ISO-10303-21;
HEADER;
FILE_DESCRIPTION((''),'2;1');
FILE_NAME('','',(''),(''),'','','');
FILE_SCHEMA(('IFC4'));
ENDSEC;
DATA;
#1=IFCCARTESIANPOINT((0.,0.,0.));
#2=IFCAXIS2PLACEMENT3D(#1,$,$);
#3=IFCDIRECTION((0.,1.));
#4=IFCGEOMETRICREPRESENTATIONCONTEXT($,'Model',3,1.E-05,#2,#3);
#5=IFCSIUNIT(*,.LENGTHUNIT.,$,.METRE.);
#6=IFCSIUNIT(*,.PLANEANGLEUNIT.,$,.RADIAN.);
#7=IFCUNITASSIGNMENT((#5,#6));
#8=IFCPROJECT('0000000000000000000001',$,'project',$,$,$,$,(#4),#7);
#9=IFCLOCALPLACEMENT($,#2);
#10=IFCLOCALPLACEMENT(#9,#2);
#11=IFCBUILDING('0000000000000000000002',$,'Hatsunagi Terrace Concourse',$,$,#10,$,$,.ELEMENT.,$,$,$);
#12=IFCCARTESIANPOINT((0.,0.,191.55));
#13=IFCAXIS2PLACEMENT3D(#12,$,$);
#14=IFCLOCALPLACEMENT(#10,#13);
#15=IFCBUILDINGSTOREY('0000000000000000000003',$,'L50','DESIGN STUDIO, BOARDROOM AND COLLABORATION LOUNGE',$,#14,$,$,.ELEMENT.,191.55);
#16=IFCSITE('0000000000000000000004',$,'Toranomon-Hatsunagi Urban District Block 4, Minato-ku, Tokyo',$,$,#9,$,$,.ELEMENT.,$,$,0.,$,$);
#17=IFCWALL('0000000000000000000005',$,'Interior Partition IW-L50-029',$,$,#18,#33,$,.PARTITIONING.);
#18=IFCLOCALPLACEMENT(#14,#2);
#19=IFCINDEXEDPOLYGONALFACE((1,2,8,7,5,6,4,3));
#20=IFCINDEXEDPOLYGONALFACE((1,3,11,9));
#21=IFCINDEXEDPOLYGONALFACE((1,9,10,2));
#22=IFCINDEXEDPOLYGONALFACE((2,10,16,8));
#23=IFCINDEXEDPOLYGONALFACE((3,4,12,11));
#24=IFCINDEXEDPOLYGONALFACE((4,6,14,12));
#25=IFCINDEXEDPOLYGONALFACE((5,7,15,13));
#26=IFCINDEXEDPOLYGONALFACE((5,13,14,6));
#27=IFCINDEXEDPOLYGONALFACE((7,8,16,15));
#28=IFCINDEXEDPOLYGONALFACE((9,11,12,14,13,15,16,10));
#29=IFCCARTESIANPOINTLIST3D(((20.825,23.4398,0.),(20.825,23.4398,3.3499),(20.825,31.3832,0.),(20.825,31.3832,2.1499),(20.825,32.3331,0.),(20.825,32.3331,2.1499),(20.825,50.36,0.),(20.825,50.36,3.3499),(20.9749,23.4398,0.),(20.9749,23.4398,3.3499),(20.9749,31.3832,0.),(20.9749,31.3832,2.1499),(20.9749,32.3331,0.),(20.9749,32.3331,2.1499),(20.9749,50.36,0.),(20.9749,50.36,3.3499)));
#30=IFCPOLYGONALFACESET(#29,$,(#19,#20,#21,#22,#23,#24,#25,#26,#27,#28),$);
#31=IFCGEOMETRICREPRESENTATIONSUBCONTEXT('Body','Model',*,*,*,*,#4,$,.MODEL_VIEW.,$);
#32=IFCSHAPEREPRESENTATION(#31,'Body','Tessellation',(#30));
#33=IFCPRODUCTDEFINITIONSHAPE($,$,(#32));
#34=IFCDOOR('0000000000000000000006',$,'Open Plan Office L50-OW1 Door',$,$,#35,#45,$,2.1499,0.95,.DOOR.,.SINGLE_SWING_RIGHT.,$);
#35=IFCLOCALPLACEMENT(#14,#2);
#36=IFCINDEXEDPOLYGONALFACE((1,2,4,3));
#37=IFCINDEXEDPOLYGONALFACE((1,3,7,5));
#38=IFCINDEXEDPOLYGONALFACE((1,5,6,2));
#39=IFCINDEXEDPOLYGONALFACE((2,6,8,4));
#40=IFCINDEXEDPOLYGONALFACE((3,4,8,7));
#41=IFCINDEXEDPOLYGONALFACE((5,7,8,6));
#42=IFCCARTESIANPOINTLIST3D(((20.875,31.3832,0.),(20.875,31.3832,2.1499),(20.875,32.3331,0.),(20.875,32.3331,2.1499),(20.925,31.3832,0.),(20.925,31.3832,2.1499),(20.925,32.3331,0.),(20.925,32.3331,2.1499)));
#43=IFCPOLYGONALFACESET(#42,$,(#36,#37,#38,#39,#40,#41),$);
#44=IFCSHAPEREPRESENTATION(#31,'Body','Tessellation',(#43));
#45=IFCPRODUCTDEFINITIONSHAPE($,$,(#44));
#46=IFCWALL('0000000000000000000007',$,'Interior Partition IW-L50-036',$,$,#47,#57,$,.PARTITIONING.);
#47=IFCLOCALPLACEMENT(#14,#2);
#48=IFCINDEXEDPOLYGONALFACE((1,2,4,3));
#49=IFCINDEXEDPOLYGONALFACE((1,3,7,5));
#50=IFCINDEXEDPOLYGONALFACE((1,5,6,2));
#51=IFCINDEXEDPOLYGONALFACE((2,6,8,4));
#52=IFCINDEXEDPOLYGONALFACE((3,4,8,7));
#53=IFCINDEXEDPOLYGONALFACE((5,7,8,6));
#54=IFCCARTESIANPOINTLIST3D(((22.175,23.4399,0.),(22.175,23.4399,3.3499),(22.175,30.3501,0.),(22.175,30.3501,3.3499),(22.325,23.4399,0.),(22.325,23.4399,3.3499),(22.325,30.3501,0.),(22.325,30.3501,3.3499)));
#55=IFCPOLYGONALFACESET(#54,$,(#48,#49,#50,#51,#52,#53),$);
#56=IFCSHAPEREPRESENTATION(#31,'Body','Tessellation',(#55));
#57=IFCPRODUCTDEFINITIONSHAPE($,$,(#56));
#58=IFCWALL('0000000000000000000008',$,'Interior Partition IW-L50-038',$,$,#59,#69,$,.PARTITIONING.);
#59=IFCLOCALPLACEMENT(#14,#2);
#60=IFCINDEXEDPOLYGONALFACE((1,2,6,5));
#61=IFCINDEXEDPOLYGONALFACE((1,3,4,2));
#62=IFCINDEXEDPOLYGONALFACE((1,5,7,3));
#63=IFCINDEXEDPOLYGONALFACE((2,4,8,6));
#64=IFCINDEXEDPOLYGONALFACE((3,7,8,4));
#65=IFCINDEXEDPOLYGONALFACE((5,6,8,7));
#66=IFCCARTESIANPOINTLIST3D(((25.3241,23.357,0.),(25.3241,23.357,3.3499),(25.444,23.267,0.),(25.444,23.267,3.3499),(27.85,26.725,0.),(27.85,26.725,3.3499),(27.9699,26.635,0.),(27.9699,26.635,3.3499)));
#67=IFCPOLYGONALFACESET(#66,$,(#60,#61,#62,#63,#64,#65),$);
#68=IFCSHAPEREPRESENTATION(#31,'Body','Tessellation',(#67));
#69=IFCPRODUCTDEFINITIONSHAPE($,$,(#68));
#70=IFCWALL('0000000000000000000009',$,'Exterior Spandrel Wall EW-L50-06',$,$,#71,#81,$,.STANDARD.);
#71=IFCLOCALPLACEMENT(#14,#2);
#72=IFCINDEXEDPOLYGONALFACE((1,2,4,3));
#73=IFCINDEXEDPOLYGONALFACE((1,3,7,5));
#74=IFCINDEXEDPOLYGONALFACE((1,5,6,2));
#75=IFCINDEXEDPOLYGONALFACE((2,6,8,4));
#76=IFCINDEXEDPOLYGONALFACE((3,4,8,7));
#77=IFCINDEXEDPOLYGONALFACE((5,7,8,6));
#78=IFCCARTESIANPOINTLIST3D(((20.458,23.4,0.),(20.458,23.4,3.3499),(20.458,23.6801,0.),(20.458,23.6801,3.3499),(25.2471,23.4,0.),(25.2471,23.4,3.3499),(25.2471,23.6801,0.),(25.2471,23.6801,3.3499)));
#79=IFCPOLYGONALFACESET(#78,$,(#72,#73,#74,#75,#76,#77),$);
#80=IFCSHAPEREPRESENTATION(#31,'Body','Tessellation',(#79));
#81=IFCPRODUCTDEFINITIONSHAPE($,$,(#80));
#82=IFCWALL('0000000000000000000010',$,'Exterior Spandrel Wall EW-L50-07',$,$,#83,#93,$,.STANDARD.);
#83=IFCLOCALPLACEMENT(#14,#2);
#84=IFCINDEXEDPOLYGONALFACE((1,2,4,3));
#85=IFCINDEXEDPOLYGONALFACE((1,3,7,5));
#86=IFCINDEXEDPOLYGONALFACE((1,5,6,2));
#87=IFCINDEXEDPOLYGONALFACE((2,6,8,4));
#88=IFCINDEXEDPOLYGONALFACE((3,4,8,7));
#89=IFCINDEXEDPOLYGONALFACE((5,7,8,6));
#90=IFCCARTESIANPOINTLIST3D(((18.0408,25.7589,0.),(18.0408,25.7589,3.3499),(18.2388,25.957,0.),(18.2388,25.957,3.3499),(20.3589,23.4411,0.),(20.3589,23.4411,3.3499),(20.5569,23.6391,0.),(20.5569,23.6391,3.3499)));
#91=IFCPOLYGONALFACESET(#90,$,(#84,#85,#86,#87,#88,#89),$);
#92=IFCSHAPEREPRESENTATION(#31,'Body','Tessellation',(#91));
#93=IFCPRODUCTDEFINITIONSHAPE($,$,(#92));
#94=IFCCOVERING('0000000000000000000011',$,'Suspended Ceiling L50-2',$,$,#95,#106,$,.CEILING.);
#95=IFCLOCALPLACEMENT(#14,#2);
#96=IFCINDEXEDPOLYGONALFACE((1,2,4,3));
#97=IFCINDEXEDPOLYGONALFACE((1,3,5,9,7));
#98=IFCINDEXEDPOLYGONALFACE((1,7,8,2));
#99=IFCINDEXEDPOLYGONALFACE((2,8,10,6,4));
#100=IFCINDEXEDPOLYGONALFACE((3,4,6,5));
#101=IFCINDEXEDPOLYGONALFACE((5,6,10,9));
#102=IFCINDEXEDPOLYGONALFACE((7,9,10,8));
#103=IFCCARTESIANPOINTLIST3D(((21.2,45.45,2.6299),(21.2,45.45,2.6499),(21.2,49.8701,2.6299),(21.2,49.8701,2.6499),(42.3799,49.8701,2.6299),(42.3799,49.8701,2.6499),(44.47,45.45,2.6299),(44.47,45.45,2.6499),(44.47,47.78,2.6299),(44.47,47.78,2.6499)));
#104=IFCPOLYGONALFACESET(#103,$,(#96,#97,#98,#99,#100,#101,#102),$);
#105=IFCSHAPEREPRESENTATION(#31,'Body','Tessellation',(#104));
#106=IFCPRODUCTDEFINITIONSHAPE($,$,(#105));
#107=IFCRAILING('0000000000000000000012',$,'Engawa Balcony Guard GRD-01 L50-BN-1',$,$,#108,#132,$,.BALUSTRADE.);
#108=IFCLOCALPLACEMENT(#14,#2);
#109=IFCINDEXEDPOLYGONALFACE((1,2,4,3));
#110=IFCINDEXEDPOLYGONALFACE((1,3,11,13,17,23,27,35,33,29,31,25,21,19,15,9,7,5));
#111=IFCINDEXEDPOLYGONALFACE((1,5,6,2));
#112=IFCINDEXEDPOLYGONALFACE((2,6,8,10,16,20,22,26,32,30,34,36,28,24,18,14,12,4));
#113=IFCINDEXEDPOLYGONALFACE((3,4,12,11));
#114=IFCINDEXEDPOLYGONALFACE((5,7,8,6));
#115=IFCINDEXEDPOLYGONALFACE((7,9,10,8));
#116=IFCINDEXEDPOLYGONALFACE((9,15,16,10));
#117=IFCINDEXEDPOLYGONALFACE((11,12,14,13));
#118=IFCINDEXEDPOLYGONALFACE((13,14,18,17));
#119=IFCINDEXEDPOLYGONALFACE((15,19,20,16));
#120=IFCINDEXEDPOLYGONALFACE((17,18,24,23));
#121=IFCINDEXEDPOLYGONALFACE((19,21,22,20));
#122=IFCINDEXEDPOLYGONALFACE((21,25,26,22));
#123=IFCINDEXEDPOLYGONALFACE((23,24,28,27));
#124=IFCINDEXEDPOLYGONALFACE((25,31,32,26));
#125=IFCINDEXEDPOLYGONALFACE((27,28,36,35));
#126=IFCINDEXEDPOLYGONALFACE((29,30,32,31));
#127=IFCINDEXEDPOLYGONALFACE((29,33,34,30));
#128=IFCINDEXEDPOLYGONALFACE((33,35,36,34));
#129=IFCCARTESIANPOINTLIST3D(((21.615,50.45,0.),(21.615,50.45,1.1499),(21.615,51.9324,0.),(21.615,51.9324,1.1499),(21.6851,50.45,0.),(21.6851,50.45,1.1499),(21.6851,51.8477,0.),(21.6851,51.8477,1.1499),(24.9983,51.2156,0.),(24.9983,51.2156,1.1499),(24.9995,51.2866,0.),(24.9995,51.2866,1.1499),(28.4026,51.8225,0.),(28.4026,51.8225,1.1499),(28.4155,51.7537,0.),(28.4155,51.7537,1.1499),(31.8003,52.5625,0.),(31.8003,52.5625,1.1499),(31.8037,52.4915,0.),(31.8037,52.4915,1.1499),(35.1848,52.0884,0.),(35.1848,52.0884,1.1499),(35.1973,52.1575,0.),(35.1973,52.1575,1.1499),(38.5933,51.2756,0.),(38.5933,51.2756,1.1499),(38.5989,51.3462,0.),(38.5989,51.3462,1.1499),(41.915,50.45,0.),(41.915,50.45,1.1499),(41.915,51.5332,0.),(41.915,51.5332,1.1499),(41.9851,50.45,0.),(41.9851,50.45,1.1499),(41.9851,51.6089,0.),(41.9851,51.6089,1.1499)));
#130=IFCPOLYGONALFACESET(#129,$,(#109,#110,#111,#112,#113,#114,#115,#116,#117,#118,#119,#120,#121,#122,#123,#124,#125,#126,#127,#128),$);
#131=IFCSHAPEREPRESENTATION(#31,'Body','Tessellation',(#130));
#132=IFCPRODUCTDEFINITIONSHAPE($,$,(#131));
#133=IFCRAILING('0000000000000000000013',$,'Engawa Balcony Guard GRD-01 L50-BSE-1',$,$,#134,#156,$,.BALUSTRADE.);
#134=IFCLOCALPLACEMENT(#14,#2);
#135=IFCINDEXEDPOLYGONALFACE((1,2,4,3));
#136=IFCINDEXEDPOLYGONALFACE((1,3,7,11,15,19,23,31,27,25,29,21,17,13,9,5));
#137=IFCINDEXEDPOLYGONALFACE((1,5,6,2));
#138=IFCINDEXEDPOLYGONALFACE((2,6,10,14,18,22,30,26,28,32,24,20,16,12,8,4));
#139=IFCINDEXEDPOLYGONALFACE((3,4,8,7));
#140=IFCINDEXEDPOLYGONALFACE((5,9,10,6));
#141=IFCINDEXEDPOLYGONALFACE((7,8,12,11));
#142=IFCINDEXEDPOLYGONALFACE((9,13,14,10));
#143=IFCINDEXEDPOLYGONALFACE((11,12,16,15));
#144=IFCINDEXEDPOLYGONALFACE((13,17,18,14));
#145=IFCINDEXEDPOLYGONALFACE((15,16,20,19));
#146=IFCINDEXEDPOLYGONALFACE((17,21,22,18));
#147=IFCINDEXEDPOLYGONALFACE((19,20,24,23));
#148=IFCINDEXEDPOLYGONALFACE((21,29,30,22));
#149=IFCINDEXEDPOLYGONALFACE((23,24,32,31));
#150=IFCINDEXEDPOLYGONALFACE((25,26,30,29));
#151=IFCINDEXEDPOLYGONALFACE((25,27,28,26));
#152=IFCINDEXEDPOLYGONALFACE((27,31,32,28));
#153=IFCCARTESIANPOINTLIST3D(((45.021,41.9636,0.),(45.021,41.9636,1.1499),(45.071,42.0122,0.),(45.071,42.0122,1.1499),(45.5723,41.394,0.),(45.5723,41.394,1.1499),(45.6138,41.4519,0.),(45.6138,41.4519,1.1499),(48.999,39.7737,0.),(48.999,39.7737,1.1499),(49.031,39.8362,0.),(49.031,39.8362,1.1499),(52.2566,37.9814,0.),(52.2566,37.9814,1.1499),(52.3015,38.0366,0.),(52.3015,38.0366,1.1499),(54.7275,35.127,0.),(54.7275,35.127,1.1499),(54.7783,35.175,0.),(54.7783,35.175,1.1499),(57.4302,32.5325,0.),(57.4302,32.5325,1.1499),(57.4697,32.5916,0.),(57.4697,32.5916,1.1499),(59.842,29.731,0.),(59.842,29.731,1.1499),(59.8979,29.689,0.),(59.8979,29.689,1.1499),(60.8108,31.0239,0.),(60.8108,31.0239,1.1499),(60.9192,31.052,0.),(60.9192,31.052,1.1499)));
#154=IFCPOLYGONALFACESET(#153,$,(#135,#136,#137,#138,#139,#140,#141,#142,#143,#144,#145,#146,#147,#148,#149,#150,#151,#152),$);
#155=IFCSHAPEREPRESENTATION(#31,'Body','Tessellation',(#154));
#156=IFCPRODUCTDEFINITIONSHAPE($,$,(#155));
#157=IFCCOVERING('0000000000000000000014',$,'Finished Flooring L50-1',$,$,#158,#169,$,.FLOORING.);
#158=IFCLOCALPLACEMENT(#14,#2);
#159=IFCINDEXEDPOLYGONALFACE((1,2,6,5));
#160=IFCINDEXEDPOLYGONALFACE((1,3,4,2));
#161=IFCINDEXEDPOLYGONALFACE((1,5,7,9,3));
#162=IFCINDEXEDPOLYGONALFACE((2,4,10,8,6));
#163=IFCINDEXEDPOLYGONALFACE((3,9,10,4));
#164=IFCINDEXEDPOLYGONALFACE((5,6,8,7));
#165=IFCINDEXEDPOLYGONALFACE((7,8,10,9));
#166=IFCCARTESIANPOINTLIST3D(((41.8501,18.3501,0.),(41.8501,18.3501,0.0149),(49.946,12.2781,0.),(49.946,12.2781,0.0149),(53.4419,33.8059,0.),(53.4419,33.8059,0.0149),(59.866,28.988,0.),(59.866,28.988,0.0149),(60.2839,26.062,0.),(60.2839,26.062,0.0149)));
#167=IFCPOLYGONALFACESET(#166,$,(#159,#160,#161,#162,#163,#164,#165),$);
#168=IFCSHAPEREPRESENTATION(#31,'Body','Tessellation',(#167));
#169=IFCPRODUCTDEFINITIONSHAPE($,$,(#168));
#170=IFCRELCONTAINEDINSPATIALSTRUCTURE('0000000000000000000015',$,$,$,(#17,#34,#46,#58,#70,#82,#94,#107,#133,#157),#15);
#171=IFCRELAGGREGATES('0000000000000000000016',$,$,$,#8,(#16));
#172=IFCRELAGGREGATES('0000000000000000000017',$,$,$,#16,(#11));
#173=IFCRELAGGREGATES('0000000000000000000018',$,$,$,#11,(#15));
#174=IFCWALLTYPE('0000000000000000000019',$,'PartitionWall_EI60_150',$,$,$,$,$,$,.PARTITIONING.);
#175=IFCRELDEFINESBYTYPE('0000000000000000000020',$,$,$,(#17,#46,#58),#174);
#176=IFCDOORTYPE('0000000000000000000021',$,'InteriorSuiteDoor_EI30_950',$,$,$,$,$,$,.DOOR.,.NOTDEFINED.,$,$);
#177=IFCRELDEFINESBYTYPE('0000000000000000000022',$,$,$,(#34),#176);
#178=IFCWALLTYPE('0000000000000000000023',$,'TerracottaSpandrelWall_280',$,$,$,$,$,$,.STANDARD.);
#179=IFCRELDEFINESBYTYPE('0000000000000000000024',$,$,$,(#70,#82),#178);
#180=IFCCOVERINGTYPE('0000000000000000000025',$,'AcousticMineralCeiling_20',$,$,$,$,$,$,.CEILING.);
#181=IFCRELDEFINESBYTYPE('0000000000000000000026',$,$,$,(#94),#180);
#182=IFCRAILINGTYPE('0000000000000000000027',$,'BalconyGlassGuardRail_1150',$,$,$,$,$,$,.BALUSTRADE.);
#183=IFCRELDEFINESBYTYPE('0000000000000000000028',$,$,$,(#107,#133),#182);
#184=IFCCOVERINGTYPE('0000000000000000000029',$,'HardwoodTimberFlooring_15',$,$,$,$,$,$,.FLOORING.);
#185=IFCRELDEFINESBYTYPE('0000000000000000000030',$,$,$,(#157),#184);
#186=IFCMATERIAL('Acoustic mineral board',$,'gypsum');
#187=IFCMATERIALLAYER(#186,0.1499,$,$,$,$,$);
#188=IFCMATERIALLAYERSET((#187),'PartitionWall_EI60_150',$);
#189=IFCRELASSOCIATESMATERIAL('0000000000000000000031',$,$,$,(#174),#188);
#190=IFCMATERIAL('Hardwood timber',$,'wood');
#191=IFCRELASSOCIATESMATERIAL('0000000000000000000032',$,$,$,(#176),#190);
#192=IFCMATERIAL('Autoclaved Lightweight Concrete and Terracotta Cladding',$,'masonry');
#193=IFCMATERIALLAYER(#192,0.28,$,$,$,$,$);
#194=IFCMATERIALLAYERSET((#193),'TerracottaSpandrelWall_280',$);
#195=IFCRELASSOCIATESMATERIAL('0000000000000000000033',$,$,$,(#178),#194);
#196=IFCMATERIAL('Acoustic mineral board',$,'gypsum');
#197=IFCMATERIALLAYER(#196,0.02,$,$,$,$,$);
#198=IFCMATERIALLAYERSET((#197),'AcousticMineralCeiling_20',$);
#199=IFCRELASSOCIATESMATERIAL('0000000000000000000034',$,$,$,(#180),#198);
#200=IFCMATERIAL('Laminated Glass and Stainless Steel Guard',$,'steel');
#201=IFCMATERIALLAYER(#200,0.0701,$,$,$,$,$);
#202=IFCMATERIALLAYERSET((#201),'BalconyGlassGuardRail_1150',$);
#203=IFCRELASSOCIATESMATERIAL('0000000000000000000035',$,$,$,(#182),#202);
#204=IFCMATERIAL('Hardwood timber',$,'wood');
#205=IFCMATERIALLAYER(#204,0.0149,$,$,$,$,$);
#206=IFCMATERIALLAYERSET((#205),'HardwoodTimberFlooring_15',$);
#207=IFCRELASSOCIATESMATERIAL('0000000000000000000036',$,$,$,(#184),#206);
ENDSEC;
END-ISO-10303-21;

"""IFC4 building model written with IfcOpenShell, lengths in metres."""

from ifc_helpers import new_model, si_unit, direction, frame, frame_2d, origin, place, context, subcontext, project, spatial, polyline, rectangle, outline, extrude, material, layer, layer_set, type_object, element, fill, save


model = new_model("IFC4")

# Units and contexts
model_context = context("Model", 3, precision=1e-05, world=origin(), true_north=direction((0.0, 1.0)))
body_context = subcontext(model_context, "Body", "Model", "MODEL_VIEW")
ifc_project = project(units=[si_unit("LENGTHUNIT", "METRE"), si_unit("PLANEANGLEUNIT", "RADIAN")], contexts=[model_context])

# Site, building, storey
site_placement = place(None, origin())
site = spatial("IfcSite", under=ifc_project, at=site_placement, Name="Toranomon-Hatsunagi Urban District Block 4, Minato-ku, Tokyo", CompositionType="ELEMENT", RefElevation=0.0)
building_placement = place(site_placement, origin())
building = spatial("IfcBuilding", under=site, at=building_placement, Name="Hatsunagi Terrace Concourse", CompositionType="ELEMENT")
storey_placement = place(building_placement, frame((0.0, 0.0, 191.55)))
storey = spatial("IfcBuildingStorey", under=building, at=storey_placement, Name="L50", Description="DESIGN STUDIO, BOARDROOM AND COLLABORATION LOUNGE", CompositionType="ELEMENT", Elevation=191.55)

# Shared definitions
ifc_material_1 = material(Name="Acoustic mineral board", Category="gypsum")
ifc_layer_1 = layer(ifc_material_1, 0.1499)
ifc_layer_set_1 = layer_set([ifc_layer_1], Name="PartitionWall_EI60_150")
wall_type_1 = type_object("IfcWallType", Name="PartitionWall_EI60_150", PredefinedType="PARTITIONING", material=ifc_layer_set_1)

# Wall, opening, door
wall_1_placement = place(storey_placement, frame((20.8999, 23.4399, 0.0), z_axis=(0.0, 0.0, 1.0), x_axis=(0.0, 1.0, 0.0)))
wall_1 = element("IfcWall", 1, at=wall_1_placement, inside=storey, type_object=wall_type_1, Name="Interior Partition IW-L50-029", PredefinedType="PARTITIONING", context=body_context, shape_type="SweptSolid", body=[
    extrude(rectangle(XDim=26.9202, YDim=0.1499, at=frame_2d((13.46, 0.0))), origin(), (0.0, 0.0, 1.0), 3.3499),
])
opening_placement = place(wall_1_placement, frame((7.9431, 0.0, 0.0)))
opening = element("IfcOpeningElement", 2, at=opening_placement, cuts=wall_1, PredefinedType="OPENING", context=body_context, shape_type="SweptSolid", body=[
    extrude(rectangle(XDim=0.95, YDim=2.1499, at=frame_2d((0.4751, 1.075))), frame((0.0, 0.085, 0.0), z_axis=(0.0, -1.0, 0.0), x_axis=(1.0, 0.0, 0.0)), (0.0, 0.0, 1.0), 0.1699),
])
ifc_material_2 = material(Name="Hardwood timber", Category="wood")
door_type = type_object("IfcDoorType", Name="InteriorSuiteDoor_EI30_950", OperationType="NOTDEFINED", PredefinedType="DOOR", material=ifc_material_2)
door_placement = place(opening_placement, origin())
door = element("IfcDoor", 3, at=door_placement, inside=storey, type_object=door_type, Name="Open Plan Office L50-OW1 Door", OperationType="SINGLE_SWING_RIGHT", OverallHeight=2.1499, OverallWidth=0.95, PredefinedType="DOOR", context=body_context, shape_type="SweptSolid", body=[
    extrude(rectangle(XDim=0.95, YDim=2.1499, at=frame_2d((0.4751, 1.075))), frame((0.0, 0.0249, 0.0), z_axis=(0.0, -1.0, 0.0), x_axis=(1.0, 0.0, 0.0)), (0.0, 0.0, 1.0), 0.05),
])
fill(opening, door)

# Walls
wall_2_placement = place(storey_placement, frame((22.25, 23.4399, 0.0), z_axis=(0.0, 0.0, 1.0), x_axis=(0.0, 1.0, 0.0)))
element("IfcWall", 4, at=wall_2_placement, inside=storey, type_object=wall_type_1, Name="Interior Partition IW-L50-036", PredefinedType="PARTITIONING", context=body_context, shape_type="SweptSolid", body=[
    extrude(rectangle(XDim=6.9102, YDim=0.1499, at=frame_2d((3.4551, 0.0))), origin(), (0.0, 0.0, 1.0), 3.3499),
])
wall_3_placement = place(storey_placement, frame((25.384, 23.312, 0.0), z_axis=(0.0, 0.0, 1.0), x_axis=(0.599991, 0.800007, 0.0)))
element("IfcWall", 5, at=wall_3_placement, inside=storey, type_object=wall_type_1, Name="Interior Partition IW-L50-038", PredefinedType="PARTITIONING", context=body_context, shape_type="SweptSolid", body=[
    extrude(rectangle(XDim=4.21, YDim=0.1499, at=frame_2d((2.105, 0.0))), origin(), (0.0, 0.0, 1.0), 3.3499),
])
ifc_material_3 = material(Name="Autoclaved Lightweight Concrete and Terracotta Cladding", Category="masonry")
ifc_layer_2 = layer(ifc_material_3, 0.28)
ifc_layer_set_2 = layer_set([ifc_layer_2], Name="TerracottaSpandrelWall_280")
wall_type_2 = type_object("IfcWallType", Name="TerracottaSpandrelWall_280", PredefinedType="STANDARD", material=ifc_layer_set_2)
wall_4_placement = place(storey_placement, frame((25.2471, 23.54, 0.0), z_axis=(0.0, 0.0, 1.0), x_axis=(-1.0, 0.0, 0.0)))
element("IfcWall", 6, at=wall_4_placement, inside=storey, type_object=wall_type_2, Name="Exterior Spandrel Wall EW-L50-06", PredefinedType="STANDARD", context=body_context, shape_type="SweptSolid", body=[
    extrude(rectangle(XDim=4.7891, YDim=0.28, at=frame_2d((2.3945, 0.0))), origin(), (0.0, 0.0, 1.0), 3.3499),
])
wall_5_placement = place(storey_placement, frame((20.458, 23.54, 0.0), z_axis=(0.0, 0.0, 1.0), x_axis=(-0.707144, 0.70707, 0.0)))
element("IfcWall", 7, at=wall_5_placement, inside=storey, type_object=wall_type_2, Name="Exterior Spandrel Wall EW-L50-07", PredefinedType="STANDARD", context=body_context, shape_type="SweptSolid", body=[
    extrude(rectangle(XDim=3.2781, YDim=0.28, at=frame_2d((1.6392, 0.0))), origin(), (0.0, 0.0, 1.0), 3.3499),
])

# Covering
ifc_material_4 = material(Name="Acoustic mineral board", Category="gypsum")
ifc_layer_3 = layer(ifc_material_4, 0.02)
ifc_layer_set_3 = layer_set([ifc_layer_3], Name="AcousticMineralCeiling_20")
covering_type_1 = type_object("IfcCoveringType", Name="AcousticMineralCeiling_20", PredefinedType="CEILING", material=ifc_layer_set_3)
covering_1_placement = place(storey_placement, frame((0.0, 0.0, 2.6299)))
element("IfcCovering", 8, at=covering_1_placement, inside=storey, type_object=covering_type_1, Name="Suspended Ceiling L50-2", PredefinedType="CEILING", context=body_context, shape_type="SweptSolid", body=[
    extrude(outline(polyline([(42.3799, 49.8701), (21.2, 49.8701), (21.2, 45.45), (44.47, 45.45), (44.47, 47.78), (42.3799, 49.8701)])), origin(), (0.0, 0.0, 1.0), 0.02),
])

# Railings
ifc_material_5 = material(Name="Laminated Glass and Stainless Steel Guard", Category="steel")
ifc_layer_4 = layer(ifc_material_5, 0.0701)
ifc_layer_set_4 = layer_set([ifc_layer_4], Name="BalconyGlassGuardRail_1150")
railing_type = type_object("IfcRailingType", Name="BalconyGlassGuardRail_1150", PredefinedType="BALUSTRADE", material=ifc_layer_set_4)
railing_1_placement = place(storey_placement, origin())
element("IfcRailing", 9, at=railing_1_placement, inside=storey, type_object=railing_type, Name="Engawa Balcony Guard GRD-01 L50-BN-1", PredefinedType="BALUSTRADE", context=body_context, shape_type="SweptSolid", body=[
    extrude(outline(polyline([(21.615, 50.45), (21.6851, 50.45), (21.6851, 51.8477), (24.9983, 51.2156), (28.4155, 51.7537), (31.8037, 52.4915), (35.1848, 52.0884), (38.5933, 51.2756), (41.915, 51.5332), (41.915, 50.45), (41.9851, 50.45), (41.9851, 51.6089), (38.5989, 51.3462), (35.1973, 52.1575), (31.8003, 52.5625), (28.4026, 51.8225), (24.9995, 51.2866), (21.615, 51.9324), (21.615, 50.45)])), origin(), (0.0, 0.0, 1.0), 1.1499),
])
railing_2_placement = place(storey_placement, origin())
element("IfcRailing", 10, at=railing_2_placement, inside=storey, type_object=railing_type, Name="Engawa Balcony Guard GRD-01 L50-BSE-1", PredefinedType="BALUSTRADE", context=body_context, shape_type="SweptSolid", body=[
    extrude(outline(polyline([(45.071, 42.0122), (45.021, 41.9636), (45.5723, 41.394), (48.999, 39.7737), (52.2566, 37.9814), (54.7275, 35.127), (57.4302, 32.5325), (60.8108, 31.0239), (59.842, 29.731), (59.8979, 29.689), (60.9192, 31.052), (57.4697, 32.5916), (54.7783, 35.175), (52.3015, 38.0366), (49.031, 39.8362), (45.6138, 41.4519), (45.071, 42.0122)])), origin(), (0.0, 0.0, 1.0), 1.1499),
])

# Covering
ifc_material_6 = material(Name="Hardwood timber", Category="wood")
ifc_layer_5 = layer(ifc_material_6, 0.0149)
ifc_layer_set_5 = layer_set([ifc_layer_5], Name="HardwoodTimberFlooring_15")
covering_type_2 = type_object("IfcCoveringType", Name="HardwoodTimberFlooring_15", PredefinedType="FLOORING", material=ifc_layer_set_5)
covering_2_placement = place(storey_placement, origin())
element("IfcCovering", 11, at=covering_2_placement, inside=storey, type_object=covering_type_2, Name="Finished Flooring L50-1", PredefinedType="FLOORING", context=body_context, shape_type="SweptSolid", body=[
    extrude(outline(polyline([(59.866, 28.988), (53.4419, 33.8059), (41.8501, 18.3501), (49.946, 12.2781), (60.2839, 26.062), (59.866, 28.988)])), origin(), (0.0, 0.0, 1.0), 0.0149),
])

save(model, "model.ifc")
